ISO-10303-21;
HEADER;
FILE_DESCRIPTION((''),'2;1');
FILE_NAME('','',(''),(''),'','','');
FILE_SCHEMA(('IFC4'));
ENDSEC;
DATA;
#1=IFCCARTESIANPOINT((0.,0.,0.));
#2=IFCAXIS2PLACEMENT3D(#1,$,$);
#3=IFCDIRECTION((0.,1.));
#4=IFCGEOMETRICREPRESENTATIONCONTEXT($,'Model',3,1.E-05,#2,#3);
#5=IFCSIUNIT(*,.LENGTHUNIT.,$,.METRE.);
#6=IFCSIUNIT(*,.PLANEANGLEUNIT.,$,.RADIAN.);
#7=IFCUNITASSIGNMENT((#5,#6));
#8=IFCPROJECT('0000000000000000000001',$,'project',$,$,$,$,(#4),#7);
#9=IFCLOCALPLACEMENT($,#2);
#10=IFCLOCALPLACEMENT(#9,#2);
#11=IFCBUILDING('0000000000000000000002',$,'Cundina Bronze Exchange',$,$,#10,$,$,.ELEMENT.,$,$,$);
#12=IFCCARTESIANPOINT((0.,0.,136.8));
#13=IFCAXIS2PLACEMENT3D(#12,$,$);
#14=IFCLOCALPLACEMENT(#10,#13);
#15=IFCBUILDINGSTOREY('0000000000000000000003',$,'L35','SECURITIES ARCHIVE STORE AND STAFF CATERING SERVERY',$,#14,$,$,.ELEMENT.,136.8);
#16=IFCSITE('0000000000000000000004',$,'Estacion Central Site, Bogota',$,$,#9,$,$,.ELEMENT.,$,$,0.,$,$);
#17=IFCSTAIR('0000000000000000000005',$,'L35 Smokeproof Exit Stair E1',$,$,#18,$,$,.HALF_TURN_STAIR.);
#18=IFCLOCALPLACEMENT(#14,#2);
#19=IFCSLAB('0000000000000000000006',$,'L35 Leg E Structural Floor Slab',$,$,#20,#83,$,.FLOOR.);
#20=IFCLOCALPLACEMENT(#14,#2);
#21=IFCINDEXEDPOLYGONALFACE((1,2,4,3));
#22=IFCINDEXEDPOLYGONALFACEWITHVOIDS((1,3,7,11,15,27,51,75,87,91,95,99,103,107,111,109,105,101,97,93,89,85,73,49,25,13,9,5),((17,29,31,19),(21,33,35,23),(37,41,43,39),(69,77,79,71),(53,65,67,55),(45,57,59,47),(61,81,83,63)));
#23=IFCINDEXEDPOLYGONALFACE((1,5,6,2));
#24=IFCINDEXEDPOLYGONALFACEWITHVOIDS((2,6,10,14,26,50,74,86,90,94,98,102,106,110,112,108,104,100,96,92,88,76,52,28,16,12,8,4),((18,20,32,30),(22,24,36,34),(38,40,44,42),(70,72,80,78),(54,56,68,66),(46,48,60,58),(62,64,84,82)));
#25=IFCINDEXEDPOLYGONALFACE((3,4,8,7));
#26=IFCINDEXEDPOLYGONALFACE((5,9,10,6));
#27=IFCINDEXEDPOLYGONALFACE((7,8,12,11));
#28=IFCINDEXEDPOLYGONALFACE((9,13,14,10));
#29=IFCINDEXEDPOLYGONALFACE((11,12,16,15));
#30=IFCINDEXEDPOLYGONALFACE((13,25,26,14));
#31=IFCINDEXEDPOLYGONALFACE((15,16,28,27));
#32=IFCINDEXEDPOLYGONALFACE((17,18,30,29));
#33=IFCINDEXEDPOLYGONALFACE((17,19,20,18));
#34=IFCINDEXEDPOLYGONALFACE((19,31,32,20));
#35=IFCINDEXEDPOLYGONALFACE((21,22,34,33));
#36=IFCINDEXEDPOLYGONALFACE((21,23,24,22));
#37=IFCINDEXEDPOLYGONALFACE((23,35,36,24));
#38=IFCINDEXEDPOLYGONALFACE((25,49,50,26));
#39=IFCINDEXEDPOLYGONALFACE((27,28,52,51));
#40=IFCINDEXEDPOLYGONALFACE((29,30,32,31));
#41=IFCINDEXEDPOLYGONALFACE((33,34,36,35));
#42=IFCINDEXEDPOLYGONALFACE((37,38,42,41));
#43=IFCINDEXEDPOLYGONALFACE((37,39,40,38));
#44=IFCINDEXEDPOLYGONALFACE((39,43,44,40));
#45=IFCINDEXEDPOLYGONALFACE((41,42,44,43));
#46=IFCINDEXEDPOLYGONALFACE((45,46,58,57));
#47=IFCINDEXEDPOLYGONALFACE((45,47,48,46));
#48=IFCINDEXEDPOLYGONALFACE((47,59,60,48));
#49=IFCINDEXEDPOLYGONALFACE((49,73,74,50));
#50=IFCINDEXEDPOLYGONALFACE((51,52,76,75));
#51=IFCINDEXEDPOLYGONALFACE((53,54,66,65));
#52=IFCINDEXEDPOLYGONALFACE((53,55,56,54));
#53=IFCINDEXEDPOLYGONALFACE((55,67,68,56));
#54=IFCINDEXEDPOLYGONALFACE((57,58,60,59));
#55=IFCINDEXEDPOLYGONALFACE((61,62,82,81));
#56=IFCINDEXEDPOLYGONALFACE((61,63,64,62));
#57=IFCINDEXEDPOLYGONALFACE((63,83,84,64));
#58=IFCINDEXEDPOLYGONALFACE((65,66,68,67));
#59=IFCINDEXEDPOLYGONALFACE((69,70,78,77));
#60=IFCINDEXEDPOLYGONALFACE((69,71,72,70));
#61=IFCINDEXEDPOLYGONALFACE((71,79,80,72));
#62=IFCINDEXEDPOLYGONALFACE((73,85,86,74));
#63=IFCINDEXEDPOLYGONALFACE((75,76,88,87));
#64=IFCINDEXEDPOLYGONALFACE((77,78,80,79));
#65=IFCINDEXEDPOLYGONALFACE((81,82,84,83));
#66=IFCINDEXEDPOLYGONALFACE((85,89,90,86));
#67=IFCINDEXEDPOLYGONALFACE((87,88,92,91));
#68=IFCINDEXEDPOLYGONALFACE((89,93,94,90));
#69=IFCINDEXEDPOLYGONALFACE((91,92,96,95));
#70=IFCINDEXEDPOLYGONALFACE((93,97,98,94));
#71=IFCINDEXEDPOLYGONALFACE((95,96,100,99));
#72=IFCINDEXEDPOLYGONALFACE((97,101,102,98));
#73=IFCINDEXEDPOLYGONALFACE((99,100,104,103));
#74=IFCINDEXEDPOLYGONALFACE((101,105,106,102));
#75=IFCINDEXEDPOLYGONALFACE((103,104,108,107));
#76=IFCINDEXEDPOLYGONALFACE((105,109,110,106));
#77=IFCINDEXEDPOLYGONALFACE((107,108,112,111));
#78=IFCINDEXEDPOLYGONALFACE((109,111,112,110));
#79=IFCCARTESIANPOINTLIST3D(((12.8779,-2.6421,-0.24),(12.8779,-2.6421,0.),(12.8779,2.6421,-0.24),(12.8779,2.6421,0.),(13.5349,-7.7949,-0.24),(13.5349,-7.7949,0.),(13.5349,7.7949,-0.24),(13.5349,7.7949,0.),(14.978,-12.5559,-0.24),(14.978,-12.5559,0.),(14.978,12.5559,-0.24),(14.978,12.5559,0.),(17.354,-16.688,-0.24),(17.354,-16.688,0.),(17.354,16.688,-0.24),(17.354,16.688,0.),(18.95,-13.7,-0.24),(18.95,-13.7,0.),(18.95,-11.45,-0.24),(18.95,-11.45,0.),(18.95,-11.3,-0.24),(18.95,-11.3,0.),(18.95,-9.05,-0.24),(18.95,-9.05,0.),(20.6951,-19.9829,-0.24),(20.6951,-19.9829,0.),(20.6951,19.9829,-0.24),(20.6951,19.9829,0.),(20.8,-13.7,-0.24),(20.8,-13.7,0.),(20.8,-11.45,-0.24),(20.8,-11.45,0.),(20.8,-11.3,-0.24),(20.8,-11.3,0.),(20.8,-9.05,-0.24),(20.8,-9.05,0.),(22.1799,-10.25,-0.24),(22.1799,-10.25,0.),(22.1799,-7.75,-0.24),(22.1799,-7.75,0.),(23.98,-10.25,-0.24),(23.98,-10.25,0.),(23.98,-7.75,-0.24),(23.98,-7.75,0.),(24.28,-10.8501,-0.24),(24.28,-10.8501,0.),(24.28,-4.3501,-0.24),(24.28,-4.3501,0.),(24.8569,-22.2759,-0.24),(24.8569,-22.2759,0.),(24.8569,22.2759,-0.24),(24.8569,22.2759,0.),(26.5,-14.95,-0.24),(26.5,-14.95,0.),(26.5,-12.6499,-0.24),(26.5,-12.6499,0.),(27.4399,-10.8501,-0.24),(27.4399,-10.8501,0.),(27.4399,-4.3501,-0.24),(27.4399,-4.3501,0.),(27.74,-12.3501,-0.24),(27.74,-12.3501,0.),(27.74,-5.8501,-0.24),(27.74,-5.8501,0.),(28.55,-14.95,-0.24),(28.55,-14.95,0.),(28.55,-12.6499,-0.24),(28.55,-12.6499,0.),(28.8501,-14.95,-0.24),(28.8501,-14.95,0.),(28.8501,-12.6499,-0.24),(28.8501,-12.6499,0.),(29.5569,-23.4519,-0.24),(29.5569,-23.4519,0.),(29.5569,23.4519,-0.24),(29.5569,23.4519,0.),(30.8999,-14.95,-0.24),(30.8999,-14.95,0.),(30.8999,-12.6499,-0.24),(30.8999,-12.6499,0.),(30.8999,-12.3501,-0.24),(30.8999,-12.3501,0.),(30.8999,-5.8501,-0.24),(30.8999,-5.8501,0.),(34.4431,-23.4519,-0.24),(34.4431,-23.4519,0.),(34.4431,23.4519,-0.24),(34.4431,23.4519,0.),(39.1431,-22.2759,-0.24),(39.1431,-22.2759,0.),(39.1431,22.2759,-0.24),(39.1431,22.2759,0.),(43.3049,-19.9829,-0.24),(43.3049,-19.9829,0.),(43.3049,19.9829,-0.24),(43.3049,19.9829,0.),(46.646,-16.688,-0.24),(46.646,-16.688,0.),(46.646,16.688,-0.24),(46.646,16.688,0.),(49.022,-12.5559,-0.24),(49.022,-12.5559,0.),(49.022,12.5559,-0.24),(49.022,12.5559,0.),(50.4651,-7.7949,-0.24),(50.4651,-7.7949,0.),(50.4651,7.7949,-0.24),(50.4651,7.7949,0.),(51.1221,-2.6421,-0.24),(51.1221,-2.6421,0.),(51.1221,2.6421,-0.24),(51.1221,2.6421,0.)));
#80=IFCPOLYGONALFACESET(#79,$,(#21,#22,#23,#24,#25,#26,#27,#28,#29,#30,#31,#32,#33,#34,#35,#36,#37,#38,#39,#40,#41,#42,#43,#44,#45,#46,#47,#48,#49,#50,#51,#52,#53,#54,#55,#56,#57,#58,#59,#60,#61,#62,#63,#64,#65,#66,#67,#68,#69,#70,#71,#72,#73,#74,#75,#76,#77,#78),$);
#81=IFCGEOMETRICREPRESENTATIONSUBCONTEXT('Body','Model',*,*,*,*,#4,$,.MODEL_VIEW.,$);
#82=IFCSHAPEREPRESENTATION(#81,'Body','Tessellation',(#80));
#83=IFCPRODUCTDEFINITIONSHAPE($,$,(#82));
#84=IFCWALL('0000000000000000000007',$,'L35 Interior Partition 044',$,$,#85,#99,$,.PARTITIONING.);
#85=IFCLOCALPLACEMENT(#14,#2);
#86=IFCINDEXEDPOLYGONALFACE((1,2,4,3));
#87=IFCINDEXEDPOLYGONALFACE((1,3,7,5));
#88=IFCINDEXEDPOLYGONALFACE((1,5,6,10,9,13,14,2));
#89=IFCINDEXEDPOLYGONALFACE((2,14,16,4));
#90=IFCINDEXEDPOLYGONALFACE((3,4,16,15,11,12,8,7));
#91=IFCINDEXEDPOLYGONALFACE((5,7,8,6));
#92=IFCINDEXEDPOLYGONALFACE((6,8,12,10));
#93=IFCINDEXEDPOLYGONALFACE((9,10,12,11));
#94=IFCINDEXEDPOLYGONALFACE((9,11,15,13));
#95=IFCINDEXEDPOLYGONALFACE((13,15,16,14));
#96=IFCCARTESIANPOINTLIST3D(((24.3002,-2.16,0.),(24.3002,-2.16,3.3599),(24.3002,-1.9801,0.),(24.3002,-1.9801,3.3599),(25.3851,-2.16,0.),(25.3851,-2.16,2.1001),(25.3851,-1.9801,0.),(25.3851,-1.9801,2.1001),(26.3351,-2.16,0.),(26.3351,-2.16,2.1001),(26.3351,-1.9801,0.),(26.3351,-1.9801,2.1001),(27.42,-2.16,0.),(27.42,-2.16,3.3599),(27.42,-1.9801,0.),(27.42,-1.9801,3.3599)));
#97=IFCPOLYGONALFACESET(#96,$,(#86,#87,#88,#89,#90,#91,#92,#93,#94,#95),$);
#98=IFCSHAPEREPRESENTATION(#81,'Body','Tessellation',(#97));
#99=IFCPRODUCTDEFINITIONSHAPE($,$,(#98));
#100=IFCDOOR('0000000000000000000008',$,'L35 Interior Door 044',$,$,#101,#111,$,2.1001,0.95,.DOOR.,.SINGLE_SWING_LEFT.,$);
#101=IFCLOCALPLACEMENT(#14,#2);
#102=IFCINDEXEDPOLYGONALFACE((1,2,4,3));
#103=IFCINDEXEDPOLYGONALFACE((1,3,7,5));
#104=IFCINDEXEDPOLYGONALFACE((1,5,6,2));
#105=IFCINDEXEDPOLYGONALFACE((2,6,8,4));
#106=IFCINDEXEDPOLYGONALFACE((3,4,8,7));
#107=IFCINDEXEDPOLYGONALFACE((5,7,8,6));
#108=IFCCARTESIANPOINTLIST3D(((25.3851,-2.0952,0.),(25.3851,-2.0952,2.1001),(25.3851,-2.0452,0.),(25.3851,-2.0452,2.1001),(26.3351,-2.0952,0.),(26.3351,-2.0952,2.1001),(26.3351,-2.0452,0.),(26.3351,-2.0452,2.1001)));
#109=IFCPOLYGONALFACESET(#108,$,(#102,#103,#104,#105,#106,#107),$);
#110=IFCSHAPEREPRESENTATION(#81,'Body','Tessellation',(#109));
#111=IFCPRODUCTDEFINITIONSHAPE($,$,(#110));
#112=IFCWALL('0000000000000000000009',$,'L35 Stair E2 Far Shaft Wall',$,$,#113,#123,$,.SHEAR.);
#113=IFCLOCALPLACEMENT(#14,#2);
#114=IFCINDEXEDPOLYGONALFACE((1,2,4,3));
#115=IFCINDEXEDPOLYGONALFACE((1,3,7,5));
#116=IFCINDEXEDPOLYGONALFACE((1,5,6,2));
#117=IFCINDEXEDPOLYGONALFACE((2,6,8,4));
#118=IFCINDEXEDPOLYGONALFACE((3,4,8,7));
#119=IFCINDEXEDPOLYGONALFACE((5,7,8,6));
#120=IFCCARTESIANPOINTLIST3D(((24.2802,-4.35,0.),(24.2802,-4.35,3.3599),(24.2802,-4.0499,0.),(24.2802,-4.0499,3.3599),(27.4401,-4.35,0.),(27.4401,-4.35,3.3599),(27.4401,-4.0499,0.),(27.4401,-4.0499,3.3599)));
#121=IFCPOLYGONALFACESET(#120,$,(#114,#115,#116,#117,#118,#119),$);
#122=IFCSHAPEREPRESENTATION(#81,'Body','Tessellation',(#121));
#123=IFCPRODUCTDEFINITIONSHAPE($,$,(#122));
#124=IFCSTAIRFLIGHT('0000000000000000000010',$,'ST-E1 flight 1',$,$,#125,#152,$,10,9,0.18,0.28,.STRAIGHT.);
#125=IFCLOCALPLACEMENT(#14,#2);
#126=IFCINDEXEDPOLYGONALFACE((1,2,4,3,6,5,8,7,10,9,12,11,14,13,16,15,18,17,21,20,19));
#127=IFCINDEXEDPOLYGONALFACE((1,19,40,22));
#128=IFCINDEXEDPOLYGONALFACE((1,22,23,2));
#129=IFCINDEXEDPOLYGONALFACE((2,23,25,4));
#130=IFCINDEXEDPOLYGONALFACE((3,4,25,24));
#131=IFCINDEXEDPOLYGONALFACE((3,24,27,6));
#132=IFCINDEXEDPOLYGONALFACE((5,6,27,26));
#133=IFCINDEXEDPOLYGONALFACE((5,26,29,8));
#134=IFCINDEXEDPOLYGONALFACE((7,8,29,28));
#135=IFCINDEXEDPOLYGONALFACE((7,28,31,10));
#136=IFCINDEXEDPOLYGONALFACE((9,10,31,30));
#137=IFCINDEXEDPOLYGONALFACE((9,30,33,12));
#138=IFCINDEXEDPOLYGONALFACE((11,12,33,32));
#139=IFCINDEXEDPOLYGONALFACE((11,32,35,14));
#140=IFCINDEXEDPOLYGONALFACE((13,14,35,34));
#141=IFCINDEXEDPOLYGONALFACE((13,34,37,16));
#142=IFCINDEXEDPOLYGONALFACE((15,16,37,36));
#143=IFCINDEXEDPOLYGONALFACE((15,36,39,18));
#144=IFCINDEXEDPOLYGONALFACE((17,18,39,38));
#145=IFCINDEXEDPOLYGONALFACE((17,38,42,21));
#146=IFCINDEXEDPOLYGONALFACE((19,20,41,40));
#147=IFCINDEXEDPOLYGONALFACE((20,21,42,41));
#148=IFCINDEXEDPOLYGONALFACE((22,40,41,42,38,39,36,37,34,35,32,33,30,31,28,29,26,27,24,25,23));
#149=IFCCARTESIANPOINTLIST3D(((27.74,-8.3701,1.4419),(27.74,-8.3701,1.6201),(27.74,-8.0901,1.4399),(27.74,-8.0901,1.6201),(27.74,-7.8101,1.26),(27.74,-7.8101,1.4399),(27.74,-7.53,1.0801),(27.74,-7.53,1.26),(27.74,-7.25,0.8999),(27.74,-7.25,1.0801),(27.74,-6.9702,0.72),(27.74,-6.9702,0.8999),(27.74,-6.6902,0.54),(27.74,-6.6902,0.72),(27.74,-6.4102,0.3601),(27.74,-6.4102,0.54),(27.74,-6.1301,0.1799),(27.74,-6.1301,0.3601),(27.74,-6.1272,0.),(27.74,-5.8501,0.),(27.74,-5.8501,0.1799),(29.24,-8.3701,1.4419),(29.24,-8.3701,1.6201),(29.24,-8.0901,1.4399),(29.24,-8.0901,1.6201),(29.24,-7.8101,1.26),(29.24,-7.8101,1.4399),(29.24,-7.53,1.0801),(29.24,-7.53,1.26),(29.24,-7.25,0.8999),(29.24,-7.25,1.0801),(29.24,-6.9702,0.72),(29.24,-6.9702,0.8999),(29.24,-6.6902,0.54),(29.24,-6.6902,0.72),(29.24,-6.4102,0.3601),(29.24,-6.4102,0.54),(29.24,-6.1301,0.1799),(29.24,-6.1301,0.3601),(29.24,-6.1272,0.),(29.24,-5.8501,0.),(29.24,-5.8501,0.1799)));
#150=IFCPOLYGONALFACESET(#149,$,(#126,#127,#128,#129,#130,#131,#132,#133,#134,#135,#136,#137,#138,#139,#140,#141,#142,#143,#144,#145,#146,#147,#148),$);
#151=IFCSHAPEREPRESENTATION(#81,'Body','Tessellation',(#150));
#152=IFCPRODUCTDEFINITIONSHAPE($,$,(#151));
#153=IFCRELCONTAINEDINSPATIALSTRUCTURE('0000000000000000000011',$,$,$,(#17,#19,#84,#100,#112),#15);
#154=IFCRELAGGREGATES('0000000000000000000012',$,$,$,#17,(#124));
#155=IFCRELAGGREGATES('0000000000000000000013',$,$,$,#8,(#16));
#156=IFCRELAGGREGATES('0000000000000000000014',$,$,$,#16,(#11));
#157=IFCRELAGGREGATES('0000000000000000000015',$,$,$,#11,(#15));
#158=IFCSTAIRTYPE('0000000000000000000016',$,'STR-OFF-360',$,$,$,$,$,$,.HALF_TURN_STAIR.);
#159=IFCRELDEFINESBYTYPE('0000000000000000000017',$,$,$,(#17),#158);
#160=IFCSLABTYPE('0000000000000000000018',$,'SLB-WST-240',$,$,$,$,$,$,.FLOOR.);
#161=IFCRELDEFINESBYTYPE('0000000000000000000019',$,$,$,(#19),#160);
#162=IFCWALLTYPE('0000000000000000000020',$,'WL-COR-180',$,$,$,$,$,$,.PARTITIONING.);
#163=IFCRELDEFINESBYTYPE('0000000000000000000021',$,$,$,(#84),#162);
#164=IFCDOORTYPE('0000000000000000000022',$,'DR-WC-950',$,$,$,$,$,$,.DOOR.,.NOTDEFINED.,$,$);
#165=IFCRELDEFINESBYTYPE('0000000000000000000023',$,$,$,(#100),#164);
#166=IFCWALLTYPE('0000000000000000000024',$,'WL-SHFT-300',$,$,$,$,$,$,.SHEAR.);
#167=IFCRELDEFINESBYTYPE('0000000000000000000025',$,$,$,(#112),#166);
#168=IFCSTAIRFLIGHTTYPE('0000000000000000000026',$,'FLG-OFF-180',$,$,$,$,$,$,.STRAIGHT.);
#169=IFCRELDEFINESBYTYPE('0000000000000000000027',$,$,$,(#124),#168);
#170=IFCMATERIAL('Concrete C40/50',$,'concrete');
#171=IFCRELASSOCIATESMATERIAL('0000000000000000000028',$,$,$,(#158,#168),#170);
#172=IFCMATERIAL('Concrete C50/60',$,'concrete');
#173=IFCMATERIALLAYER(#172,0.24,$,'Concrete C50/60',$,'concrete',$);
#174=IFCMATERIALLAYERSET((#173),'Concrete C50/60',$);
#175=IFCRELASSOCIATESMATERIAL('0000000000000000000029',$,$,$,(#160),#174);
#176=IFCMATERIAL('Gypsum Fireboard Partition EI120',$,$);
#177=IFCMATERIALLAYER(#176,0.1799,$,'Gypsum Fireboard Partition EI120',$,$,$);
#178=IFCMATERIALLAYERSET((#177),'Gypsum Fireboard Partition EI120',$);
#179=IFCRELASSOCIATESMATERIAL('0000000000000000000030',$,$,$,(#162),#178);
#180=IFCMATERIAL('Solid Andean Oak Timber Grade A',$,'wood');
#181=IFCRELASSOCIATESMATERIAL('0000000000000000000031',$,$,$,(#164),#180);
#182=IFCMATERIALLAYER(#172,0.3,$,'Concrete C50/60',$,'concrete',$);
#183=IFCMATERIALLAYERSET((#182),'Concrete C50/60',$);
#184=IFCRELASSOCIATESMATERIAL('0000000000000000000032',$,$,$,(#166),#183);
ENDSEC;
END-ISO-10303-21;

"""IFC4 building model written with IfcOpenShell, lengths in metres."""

from ifc_helpers import new_model, si_unit, direction, frame, frame_2d, origin, place, context, subcontext, project, spatial, polyline, rectangle, outline, extrude, material, layer, layer_set, type_object, element, fill, aggregate, save


model = new_model("IFC4")

# Units and contexts
model_context = context("Model", 3, precision=1e-05, world=origin(), true_north=direction((0.0, 1.0)))
body_context = subcontext(model_context, "Body", "Model", "MODEL_VIEW")
ifc_project = project(units=[si_unit("LENGTHUNIT", "METRE"), si_unit("PLANEANGLEUNIT", "RADIAN")], contexts=[model_context])

# Site, building, storey
site_placement = place(None, origin())
site = spatial("IfcSite", under=ifc_project, at=site_placement, Name="Estacion Central Site, Bogota", CompositionType="ELEMENT", RefElevation=0.0)
building_placement = place(site_placement, origin())
building = spatial("IfcBuilding", under=site, at=building_placement, Name="Cundina Bronze Exchange", CompositionType="ELEMENT")
storey_placement = place(building_placement, frame((0.0, 0.0, 136.8)))
storey = spatial("IfcBuildingStorey", under=building, at=storey_placement, Name="L35", Description="SECURITIES ARCHIVE STORE AND STAFF CATERING SERVERY", CompositionType="ELEMENT", Elevation=136.8)

# Shared definitions
ifc_material_1 = material(Name="Concrete C50/60", Category="concrete")

# Stair
ifc_material_2 = material(Name="Concrete C40/50", Category="concrete")
stair_type = type_object("IfcStairType", Name="STR-OFF-360", PredefinedType="HALF_TURN_STAIR", material=ifc_material_2)
stair_1_placement = place(storey_placement, origin())
stair_1 = element("IfcStair", 1, at=stair_1_placement, inside=storey, type_object=stair_type, Name="L35 Smokeproof Exit Stair E1", PredefinedType="HALF_TURN_STAIR")

# Slab
ifc_layer_1 = layer(ifc_material_1, 0.24, Name="Concrete C50/60", Category="concrete")
ifc_layer_set_1 = layer_set([ifc_layer_1], Name="Concrete C50/60")
slab_type_1 = type_object("IfcSlabType", Name="SLB-WST-240", PredefinedType="FLOOR", material=ifc_layer_set_1)
slab_1_placement = place(storey_placement, frame((0.0, 0.0, -0.24)))
element("IfcSlab", 2, at=slab_1_placement, inside=storey, type_object=slab_type_1, Name="L35 Leg E Structural Floor Slab", PredefinedType="FLOOR", context=body_context, shape_type="SweptSolid", body=[
    extrude(outline(polyline([(51.1221, 2.6421), (50.4651, 7.7949), (49.022, 12.5559), (46.646, 16.688), (43.3049, 19.9829), (39.1431, 22.2759), (34.4431, 23.4519), (29.5569, 23.4519), (24.8569, 22.2759), (20.6951, 19.9829), (17.354, 16.688), (14.978, 12.5559), (13.5349, 7.7949), (12.8779, 2.6421), (12.8779, -2.6421), (13.5349, -7.7949), (14.978, -12.5559), (17.354, -16.688), (20.6951, -19.9829), (24.8569, -22.2759), (29.5569, -23.4519), (34.4431, -23.4519), (39.1431, -22.2759), (43.3049, -19.9829), (46.646, -16.688), (49.022, -12.5559), (50.4651, -7.7949), (51.1221, -2.6421), (51.1221, 2.6421)]), holes=[polyline([(27.74, -5.8501), (27.74, -12.3501), (30.8999, -12.3501), (30.8999, -5.8501), (27.74, -5.8501)]), polyline([(27.4399, -10.8501), (27.4399, -4.3501), (24.28, -4.3501), (24.28, -10.8501), (27.4399, -10.8501)]), polyline([(22.1799, -7.75), (23.98, -7.75), (23.98, -10.25), (22.1799, -10.25), (22.1799, -7.75)]), polyline([(28.8501, -12.6499), (30.8999, -12.6499), (30.8999, -14.95), (28.8501, -14.95), (28.8501, -12.6499)]), polyline([(26.5, -12.6499), (28.55, -12.6499), (28.55, -14.95), (26.5, -14.95), (26.5, -12.6499)]), polyline([(18.95, -11.45), (20.8, -11.45), (20.8, -13.7), (18.95, -13.7), (18.95, -11.45)]), polyline([(18.95, -9.05), (20.8, -9.05), (20.8, -11.3), (18.95, -11.3), (18.95, -9.05)])]), origin(), (0.0, 0.0, 1.0), 0.24),
])

# Wall, opening, door
ifc_material_3 = material(Name="Gypsum Fireboard Partition EI120")
ifc_layer_2 = layer(ifc_material_3, 0.1799, Name="Gypsum Fireboard Partition EI120")
ifc_layer_set_2 = layer_set([ifc_layer_2], Name="Gypsum Fireboard Partition EI120")
wall_type_1 = type_object("IfcWallType", Name="WL-COR-180", PredefinedType="PARTITIONING", material=ifc_layer_set_2)
wall_1_placement = place(storey_placement, frame((24.3, -2.0701, 0.0), z_axis=(0.0, 0.0, 1.0), x_axis=(1.0, 0.0, 0.0)))
wall_1 = element("IfcWall", 3, at=wall_1_placement, inside=storey, type_object=wall_type_1, Name="L35 Interior Partition 044", PredefinedType="PARTITIONING", context=body_context, shape_type="SweptSolid", body=[
    extrude(rectangle(XDim=3.1199, YDim=0.1799, at=frame_2d((1.5601, 0.0))), origin(), (0.0, 0.0, 1.0), 3.3599),
])
opening_1_placement = place(wall_1_placement, frame((1.085, 0.0, 0.0)))
opening_1 = element("IfcOpeningElement", 4, at=opening_1_placement, cuts=wall_1, PredefinedType="OPENING", context=body_context, shape_type="SweptSolid", body=[
    extrude(rectangle(XDim=0.95, YDim=2.1001, at=frame_2d((0.4751, 1.05))), frame((0.0, 0.0999, 0.0), z_axis=(0.0, -1.0, 0.0), x_axis=(1.0, 0.0, 0.0)), (0.0, 0.0, 1.0), 0.2),
])
ifc_material_4 = material(Name="Solid Andean Oak Timber Grade A", Category="wood")
door_type_1 = type_object("IfcDoorType", Name="DR-WC-950", OperationType="NOTDEFINED", PredefinedType="DOOR", material=ifc_material_4)
door_1_placement = place(opening_1_placement, origin())
door_1 = element("IfcDoor", 5, at=door_1_placement, inside=storey, type_object=door_type_1, Name="L35 Interior Door 044", OperationType="SINGLE_SWING_LEFT", OverallHeight=2.1001, OverallWidth=0.95, PredefinedType="DOOR", context=body_context, shape_type="SweptSolid", body=[
    extrude(rectangle(XDim=0.95, YDim=2.1001, at=frame_2d((0.4751, 1.05))), frame((0.0, 0.0249, 0.0), z_axis=(0.0, -1.0, 0.0), x_axis=(1.0, 0.0, 0.0)), (0.0, 0.0, 1.0), 0.05),
])
fill(opening_1, door_1)
ifc_layer_3 = layer(ifc_material_1, 0.3, Name="Concrete C50/60", Category="concrete")
ifc_layer_set_3 = layer_set([ifc_layer_3], Name="Concrete C50/60")
wall_type_2 = type_object("IfcWallType", Name="WL-SHFT-300", PredefinedType="SHEAR", material=ifc_layer_set_3)

# Wall
wall_2_placement = place(storey_placement, frame((24.28, -4.2, 0.0), z_axis=(0.0, 0.0, 1.0), x_axis=(1.0, 0.0, 0.0)))
element("IfcWall", 6, at=wall_2_placement, inside=storey, type_object=wall_type_2, Name="L35 Stair E2 Far Shaft Wall", PredefinedType="SHEAR", context=body_context, shape_type="SweptSolid", body=[
    extrude(rectangle(XDim=3.1599, YDim=0.3, at=frame_2d((1.5801, 0.0))), origin(), (0.0, 0.0, 1.0), 3.3599),
])

# Stair flight
stair_flight_type = type_object("IfcStairFlightType", Name="FLG-OFF-180", PredefinedType="STRAIGHT", material=ifc_material_2)
stair_flight_placement = place(storey_placement, frame((28.49, -5.8501, 0.0), z_axis=(0.0, 0.0, 1.0), x_axis=(0.0, -1.0, 0.0)))
stair_flight = element("IfcStairFlight", 7, at=stair_flight_placement, type_object=stair_flight_type, Name="ST-E1 flight 1", NumberOfRisers=10, NumberOfTreads=9, PredefinedType="STRAIGHT", RiserHeight=0.18, TreadLength=0.28, context=body_context, shape_type="SweptSolid", body=[
    extrude(outline(polyline([(0.0, 0.0), (0.0, 0.1799), (0.28, 0.1799), (0.28, 0.3601), (0.5601, 0.3601), (0.5601, 0.54), (0.8401, 0.54), (0.8401, 0.72), (1.1201, 0.72), (1.1201, 0.8999), (1.3999, 0.8999), (1.3999, 1.0801), (1.6799, 1.0801), (1.6799, 1.26), (1.96, 1.26), (1.96, 1.4399), (2.24, 1.4399), (2.24, 1.6201), (2.52, 1.6201), (2.52, 1.8), (2.52, 1.4419), (0.2771, 0.0), (0.0, 0.0)])), frame((0.0, 0.75, 0.0), z_axis=(0.0, -1.0, 0.0), x_axis=(1.0, 0.0, 0.0)), (0.0, 0.0, 1.0), 1.5),
])
aggregate(stair_1, [stair_flight])

save(model, "model.ifc")
